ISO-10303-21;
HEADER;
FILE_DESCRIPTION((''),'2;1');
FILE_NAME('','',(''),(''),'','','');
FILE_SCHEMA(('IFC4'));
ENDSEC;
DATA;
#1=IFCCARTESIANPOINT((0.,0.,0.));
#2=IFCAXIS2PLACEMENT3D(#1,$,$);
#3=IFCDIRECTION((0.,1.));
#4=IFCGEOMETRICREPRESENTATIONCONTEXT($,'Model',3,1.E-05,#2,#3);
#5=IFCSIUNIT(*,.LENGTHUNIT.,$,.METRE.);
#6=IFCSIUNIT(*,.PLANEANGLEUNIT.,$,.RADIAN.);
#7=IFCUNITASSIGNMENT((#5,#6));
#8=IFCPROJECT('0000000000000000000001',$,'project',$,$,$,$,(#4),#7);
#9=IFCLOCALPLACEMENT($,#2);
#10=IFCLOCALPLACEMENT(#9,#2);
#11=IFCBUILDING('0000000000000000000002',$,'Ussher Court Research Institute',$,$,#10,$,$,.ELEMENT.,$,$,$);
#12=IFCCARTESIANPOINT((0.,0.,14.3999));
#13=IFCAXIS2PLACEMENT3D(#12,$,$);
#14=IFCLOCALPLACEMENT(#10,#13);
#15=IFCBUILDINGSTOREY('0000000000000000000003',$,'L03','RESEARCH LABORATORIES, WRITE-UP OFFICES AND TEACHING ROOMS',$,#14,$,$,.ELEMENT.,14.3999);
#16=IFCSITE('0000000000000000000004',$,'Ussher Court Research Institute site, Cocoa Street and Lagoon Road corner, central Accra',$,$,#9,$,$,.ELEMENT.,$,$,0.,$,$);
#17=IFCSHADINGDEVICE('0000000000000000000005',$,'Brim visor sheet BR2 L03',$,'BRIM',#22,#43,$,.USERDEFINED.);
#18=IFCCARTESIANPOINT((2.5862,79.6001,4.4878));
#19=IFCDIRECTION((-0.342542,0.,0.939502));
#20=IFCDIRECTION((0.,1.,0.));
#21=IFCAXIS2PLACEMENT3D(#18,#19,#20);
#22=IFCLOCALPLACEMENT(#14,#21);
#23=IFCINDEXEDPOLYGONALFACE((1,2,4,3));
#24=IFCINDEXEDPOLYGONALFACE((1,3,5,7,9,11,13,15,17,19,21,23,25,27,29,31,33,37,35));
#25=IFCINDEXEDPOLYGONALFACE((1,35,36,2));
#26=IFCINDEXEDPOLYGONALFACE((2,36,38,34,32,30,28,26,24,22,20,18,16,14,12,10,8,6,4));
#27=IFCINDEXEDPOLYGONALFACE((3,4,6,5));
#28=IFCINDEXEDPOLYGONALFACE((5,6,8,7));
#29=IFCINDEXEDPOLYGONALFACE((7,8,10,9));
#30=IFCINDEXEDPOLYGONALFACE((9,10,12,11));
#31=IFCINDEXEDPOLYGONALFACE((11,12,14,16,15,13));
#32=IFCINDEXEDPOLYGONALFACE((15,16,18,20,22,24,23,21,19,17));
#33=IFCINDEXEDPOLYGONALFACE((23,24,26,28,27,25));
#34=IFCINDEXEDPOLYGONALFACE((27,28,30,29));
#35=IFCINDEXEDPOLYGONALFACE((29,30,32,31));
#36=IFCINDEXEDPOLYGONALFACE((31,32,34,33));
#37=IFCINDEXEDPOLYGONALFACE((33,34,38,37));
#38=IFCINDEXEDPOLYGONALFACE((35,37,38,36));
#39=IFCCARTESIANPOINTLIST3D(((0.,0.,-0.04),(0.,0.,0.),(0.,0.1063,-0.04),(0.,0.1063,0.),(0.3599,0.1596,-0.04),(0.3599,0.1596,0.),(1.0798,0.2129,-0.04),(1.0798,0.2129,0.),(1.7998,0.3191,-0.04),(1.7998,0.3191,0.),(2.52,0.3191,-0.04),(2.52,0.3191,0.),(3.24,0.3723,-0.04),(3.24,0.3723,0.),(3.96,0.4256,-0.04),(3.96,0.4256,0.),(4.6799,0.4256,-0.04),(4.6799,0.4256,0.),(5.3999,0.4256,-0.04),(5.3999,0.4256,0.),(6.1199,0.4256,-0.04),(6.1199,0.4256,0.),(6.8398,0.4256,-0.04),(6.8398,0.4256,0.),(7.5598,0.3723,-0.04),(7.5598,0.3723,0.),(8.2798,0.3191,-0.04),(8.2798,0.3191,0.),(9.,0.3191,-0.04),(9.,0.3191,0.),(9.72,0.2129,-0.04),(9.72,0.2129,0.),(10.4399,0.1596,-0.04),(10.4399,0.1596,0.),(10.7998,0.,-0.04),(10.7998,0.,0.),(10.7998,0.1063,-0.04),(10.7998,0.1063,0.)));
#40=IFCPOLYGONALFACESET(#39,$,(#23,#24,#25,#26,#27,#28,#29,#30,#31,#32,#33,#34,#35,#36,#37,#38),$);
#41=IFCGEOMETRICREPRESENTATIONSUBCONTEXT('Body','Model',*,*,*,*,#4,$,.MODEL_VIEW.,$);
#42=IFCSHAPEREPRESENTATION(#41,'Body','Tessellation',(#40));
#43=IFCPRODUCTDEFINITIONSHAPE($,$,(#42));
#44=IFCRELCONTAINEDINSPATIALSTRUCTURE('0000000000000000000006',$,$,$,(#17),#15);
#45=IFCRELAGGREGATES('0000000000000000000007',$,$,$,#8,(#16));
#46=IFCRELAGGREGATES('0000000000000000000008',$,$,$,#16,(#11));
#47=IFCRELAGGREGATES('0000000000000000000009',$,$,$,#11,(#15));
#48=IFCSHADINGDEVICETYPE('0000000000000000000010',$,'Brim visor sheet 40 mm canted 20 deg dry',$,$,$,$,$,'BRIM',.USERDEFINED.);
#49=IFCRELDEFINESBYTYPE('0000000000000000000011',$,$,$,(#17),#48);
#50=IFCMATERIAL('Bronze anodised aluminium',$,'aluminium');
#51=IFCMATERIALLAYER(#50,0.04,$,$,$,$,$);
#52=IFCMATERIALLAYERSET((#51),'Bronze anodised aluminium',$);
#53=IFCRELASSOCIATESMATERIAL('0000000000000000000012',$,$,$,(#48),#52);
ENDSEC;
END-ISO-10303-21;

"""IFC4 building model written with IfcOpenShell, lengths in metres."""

from ifc_helpers import new_model, si_unit, direction, frame, origin, place, context, subcontext, project, spatial, polyline, outline, extrude, material, layer, layer_set, type_object, element, save


model = new_model("IFC4")

# Units and contexts
model_context = context("Model", 3, precision=1e-05, world=origin(), true_north=direction((0.0, 1.0)))
body_context = subcontext(model_context, "Body", "Model", "MODEL_VIEW")
ifc_project = project(units=[si_unit("LENGTHUNIT", "METRE"), si_unit("PLANEANGLEUNIT", "RADIAN")], contexts=[model_context])

# Site, building, storey
site_placement = place(None, origin())
site = spatial("IfcSite", under=ifc_project, at=site_placement, Name="Ussher Court Research Institute site, Cocoa Street and Lagoon Road corner, central Accra", CompositionType="ELEMENT", RefElevation=0.0)
building_placement = place(site_placement, origin())
building = spatial("IfcBuilding", under=site, at=building_placement, Name="Ussher Court Research Institute", CompositionType="ELEMENT")
storey_placement = place(building_placement, frame((0.0, 0.0, 14.3999)))
storey = spatial("IfcBuildingStorey", under=building, at=storey_placement, Name="L03", Description="RESEARCH LABORATORIES, WRITE-UP OFFICES AND TEACHING ROOMS", CompositionType="ELEMENT", Elevation=14.3999)

# Shading device
ifc_material_1 = material(Name="Bronze anodised aluminium", Category="aluminium")
ifc_layer_1 = layer(ifc_material_1, 0.04)
ifc_layer_set_1 = layer_set([ifc_layer_1], Name="Bronze anodised aluminium")
shading_device_type_1 = type_object("IfcShadingDeviceType", Name="Brim visor sheet 40 mm canted 20 deg dry", ElementType="BRIM", PredefinedType="USERDEFINED", material=ifc_layer_set_1)
shading_device_placement = place(storey_placement, frame((2.5862, 79.6001, 4.4878), z_axis=(-0.342542, 0.0, 0.939502), x_axis=(0.0, 1.0, 0.0)))
element("IfcShadingDevice", 1, at=shading_device_placement, inside=storey, type_object=shading_device_type_1, Name="Brim visor sheet BR2 L03", ObjectType="BRIM", PredefinedType="USERDEFINED", context=body_context, shape_type="SweptSolid", body=[
    extrude(outline(polyline([(0.0, 0.0), (10.7998, 0.0), (10.7998, 0.1063), (10.4399, 0.1596), (9.72, 0.2129), (9.0, 0.3191), (8.2798, 0.3191), (7.5598, 0.3723), (6.8398, 0.4256), (6.1199, 0.4256), (5.3999, 0.4256), (4.6799, 0.4256), (3.96, 0.4256), (3.24, 0.3723), (2.52, 0.3191), (1.7998, 0.3191), (1.0798, 0.2129), (0.3599, 0.1596), (0.0, 0.1063), (0.0, 0.0)])), origin(), (0.0, 0.0, -1.0), 0.04),
])

save(model, "model.ifc")
